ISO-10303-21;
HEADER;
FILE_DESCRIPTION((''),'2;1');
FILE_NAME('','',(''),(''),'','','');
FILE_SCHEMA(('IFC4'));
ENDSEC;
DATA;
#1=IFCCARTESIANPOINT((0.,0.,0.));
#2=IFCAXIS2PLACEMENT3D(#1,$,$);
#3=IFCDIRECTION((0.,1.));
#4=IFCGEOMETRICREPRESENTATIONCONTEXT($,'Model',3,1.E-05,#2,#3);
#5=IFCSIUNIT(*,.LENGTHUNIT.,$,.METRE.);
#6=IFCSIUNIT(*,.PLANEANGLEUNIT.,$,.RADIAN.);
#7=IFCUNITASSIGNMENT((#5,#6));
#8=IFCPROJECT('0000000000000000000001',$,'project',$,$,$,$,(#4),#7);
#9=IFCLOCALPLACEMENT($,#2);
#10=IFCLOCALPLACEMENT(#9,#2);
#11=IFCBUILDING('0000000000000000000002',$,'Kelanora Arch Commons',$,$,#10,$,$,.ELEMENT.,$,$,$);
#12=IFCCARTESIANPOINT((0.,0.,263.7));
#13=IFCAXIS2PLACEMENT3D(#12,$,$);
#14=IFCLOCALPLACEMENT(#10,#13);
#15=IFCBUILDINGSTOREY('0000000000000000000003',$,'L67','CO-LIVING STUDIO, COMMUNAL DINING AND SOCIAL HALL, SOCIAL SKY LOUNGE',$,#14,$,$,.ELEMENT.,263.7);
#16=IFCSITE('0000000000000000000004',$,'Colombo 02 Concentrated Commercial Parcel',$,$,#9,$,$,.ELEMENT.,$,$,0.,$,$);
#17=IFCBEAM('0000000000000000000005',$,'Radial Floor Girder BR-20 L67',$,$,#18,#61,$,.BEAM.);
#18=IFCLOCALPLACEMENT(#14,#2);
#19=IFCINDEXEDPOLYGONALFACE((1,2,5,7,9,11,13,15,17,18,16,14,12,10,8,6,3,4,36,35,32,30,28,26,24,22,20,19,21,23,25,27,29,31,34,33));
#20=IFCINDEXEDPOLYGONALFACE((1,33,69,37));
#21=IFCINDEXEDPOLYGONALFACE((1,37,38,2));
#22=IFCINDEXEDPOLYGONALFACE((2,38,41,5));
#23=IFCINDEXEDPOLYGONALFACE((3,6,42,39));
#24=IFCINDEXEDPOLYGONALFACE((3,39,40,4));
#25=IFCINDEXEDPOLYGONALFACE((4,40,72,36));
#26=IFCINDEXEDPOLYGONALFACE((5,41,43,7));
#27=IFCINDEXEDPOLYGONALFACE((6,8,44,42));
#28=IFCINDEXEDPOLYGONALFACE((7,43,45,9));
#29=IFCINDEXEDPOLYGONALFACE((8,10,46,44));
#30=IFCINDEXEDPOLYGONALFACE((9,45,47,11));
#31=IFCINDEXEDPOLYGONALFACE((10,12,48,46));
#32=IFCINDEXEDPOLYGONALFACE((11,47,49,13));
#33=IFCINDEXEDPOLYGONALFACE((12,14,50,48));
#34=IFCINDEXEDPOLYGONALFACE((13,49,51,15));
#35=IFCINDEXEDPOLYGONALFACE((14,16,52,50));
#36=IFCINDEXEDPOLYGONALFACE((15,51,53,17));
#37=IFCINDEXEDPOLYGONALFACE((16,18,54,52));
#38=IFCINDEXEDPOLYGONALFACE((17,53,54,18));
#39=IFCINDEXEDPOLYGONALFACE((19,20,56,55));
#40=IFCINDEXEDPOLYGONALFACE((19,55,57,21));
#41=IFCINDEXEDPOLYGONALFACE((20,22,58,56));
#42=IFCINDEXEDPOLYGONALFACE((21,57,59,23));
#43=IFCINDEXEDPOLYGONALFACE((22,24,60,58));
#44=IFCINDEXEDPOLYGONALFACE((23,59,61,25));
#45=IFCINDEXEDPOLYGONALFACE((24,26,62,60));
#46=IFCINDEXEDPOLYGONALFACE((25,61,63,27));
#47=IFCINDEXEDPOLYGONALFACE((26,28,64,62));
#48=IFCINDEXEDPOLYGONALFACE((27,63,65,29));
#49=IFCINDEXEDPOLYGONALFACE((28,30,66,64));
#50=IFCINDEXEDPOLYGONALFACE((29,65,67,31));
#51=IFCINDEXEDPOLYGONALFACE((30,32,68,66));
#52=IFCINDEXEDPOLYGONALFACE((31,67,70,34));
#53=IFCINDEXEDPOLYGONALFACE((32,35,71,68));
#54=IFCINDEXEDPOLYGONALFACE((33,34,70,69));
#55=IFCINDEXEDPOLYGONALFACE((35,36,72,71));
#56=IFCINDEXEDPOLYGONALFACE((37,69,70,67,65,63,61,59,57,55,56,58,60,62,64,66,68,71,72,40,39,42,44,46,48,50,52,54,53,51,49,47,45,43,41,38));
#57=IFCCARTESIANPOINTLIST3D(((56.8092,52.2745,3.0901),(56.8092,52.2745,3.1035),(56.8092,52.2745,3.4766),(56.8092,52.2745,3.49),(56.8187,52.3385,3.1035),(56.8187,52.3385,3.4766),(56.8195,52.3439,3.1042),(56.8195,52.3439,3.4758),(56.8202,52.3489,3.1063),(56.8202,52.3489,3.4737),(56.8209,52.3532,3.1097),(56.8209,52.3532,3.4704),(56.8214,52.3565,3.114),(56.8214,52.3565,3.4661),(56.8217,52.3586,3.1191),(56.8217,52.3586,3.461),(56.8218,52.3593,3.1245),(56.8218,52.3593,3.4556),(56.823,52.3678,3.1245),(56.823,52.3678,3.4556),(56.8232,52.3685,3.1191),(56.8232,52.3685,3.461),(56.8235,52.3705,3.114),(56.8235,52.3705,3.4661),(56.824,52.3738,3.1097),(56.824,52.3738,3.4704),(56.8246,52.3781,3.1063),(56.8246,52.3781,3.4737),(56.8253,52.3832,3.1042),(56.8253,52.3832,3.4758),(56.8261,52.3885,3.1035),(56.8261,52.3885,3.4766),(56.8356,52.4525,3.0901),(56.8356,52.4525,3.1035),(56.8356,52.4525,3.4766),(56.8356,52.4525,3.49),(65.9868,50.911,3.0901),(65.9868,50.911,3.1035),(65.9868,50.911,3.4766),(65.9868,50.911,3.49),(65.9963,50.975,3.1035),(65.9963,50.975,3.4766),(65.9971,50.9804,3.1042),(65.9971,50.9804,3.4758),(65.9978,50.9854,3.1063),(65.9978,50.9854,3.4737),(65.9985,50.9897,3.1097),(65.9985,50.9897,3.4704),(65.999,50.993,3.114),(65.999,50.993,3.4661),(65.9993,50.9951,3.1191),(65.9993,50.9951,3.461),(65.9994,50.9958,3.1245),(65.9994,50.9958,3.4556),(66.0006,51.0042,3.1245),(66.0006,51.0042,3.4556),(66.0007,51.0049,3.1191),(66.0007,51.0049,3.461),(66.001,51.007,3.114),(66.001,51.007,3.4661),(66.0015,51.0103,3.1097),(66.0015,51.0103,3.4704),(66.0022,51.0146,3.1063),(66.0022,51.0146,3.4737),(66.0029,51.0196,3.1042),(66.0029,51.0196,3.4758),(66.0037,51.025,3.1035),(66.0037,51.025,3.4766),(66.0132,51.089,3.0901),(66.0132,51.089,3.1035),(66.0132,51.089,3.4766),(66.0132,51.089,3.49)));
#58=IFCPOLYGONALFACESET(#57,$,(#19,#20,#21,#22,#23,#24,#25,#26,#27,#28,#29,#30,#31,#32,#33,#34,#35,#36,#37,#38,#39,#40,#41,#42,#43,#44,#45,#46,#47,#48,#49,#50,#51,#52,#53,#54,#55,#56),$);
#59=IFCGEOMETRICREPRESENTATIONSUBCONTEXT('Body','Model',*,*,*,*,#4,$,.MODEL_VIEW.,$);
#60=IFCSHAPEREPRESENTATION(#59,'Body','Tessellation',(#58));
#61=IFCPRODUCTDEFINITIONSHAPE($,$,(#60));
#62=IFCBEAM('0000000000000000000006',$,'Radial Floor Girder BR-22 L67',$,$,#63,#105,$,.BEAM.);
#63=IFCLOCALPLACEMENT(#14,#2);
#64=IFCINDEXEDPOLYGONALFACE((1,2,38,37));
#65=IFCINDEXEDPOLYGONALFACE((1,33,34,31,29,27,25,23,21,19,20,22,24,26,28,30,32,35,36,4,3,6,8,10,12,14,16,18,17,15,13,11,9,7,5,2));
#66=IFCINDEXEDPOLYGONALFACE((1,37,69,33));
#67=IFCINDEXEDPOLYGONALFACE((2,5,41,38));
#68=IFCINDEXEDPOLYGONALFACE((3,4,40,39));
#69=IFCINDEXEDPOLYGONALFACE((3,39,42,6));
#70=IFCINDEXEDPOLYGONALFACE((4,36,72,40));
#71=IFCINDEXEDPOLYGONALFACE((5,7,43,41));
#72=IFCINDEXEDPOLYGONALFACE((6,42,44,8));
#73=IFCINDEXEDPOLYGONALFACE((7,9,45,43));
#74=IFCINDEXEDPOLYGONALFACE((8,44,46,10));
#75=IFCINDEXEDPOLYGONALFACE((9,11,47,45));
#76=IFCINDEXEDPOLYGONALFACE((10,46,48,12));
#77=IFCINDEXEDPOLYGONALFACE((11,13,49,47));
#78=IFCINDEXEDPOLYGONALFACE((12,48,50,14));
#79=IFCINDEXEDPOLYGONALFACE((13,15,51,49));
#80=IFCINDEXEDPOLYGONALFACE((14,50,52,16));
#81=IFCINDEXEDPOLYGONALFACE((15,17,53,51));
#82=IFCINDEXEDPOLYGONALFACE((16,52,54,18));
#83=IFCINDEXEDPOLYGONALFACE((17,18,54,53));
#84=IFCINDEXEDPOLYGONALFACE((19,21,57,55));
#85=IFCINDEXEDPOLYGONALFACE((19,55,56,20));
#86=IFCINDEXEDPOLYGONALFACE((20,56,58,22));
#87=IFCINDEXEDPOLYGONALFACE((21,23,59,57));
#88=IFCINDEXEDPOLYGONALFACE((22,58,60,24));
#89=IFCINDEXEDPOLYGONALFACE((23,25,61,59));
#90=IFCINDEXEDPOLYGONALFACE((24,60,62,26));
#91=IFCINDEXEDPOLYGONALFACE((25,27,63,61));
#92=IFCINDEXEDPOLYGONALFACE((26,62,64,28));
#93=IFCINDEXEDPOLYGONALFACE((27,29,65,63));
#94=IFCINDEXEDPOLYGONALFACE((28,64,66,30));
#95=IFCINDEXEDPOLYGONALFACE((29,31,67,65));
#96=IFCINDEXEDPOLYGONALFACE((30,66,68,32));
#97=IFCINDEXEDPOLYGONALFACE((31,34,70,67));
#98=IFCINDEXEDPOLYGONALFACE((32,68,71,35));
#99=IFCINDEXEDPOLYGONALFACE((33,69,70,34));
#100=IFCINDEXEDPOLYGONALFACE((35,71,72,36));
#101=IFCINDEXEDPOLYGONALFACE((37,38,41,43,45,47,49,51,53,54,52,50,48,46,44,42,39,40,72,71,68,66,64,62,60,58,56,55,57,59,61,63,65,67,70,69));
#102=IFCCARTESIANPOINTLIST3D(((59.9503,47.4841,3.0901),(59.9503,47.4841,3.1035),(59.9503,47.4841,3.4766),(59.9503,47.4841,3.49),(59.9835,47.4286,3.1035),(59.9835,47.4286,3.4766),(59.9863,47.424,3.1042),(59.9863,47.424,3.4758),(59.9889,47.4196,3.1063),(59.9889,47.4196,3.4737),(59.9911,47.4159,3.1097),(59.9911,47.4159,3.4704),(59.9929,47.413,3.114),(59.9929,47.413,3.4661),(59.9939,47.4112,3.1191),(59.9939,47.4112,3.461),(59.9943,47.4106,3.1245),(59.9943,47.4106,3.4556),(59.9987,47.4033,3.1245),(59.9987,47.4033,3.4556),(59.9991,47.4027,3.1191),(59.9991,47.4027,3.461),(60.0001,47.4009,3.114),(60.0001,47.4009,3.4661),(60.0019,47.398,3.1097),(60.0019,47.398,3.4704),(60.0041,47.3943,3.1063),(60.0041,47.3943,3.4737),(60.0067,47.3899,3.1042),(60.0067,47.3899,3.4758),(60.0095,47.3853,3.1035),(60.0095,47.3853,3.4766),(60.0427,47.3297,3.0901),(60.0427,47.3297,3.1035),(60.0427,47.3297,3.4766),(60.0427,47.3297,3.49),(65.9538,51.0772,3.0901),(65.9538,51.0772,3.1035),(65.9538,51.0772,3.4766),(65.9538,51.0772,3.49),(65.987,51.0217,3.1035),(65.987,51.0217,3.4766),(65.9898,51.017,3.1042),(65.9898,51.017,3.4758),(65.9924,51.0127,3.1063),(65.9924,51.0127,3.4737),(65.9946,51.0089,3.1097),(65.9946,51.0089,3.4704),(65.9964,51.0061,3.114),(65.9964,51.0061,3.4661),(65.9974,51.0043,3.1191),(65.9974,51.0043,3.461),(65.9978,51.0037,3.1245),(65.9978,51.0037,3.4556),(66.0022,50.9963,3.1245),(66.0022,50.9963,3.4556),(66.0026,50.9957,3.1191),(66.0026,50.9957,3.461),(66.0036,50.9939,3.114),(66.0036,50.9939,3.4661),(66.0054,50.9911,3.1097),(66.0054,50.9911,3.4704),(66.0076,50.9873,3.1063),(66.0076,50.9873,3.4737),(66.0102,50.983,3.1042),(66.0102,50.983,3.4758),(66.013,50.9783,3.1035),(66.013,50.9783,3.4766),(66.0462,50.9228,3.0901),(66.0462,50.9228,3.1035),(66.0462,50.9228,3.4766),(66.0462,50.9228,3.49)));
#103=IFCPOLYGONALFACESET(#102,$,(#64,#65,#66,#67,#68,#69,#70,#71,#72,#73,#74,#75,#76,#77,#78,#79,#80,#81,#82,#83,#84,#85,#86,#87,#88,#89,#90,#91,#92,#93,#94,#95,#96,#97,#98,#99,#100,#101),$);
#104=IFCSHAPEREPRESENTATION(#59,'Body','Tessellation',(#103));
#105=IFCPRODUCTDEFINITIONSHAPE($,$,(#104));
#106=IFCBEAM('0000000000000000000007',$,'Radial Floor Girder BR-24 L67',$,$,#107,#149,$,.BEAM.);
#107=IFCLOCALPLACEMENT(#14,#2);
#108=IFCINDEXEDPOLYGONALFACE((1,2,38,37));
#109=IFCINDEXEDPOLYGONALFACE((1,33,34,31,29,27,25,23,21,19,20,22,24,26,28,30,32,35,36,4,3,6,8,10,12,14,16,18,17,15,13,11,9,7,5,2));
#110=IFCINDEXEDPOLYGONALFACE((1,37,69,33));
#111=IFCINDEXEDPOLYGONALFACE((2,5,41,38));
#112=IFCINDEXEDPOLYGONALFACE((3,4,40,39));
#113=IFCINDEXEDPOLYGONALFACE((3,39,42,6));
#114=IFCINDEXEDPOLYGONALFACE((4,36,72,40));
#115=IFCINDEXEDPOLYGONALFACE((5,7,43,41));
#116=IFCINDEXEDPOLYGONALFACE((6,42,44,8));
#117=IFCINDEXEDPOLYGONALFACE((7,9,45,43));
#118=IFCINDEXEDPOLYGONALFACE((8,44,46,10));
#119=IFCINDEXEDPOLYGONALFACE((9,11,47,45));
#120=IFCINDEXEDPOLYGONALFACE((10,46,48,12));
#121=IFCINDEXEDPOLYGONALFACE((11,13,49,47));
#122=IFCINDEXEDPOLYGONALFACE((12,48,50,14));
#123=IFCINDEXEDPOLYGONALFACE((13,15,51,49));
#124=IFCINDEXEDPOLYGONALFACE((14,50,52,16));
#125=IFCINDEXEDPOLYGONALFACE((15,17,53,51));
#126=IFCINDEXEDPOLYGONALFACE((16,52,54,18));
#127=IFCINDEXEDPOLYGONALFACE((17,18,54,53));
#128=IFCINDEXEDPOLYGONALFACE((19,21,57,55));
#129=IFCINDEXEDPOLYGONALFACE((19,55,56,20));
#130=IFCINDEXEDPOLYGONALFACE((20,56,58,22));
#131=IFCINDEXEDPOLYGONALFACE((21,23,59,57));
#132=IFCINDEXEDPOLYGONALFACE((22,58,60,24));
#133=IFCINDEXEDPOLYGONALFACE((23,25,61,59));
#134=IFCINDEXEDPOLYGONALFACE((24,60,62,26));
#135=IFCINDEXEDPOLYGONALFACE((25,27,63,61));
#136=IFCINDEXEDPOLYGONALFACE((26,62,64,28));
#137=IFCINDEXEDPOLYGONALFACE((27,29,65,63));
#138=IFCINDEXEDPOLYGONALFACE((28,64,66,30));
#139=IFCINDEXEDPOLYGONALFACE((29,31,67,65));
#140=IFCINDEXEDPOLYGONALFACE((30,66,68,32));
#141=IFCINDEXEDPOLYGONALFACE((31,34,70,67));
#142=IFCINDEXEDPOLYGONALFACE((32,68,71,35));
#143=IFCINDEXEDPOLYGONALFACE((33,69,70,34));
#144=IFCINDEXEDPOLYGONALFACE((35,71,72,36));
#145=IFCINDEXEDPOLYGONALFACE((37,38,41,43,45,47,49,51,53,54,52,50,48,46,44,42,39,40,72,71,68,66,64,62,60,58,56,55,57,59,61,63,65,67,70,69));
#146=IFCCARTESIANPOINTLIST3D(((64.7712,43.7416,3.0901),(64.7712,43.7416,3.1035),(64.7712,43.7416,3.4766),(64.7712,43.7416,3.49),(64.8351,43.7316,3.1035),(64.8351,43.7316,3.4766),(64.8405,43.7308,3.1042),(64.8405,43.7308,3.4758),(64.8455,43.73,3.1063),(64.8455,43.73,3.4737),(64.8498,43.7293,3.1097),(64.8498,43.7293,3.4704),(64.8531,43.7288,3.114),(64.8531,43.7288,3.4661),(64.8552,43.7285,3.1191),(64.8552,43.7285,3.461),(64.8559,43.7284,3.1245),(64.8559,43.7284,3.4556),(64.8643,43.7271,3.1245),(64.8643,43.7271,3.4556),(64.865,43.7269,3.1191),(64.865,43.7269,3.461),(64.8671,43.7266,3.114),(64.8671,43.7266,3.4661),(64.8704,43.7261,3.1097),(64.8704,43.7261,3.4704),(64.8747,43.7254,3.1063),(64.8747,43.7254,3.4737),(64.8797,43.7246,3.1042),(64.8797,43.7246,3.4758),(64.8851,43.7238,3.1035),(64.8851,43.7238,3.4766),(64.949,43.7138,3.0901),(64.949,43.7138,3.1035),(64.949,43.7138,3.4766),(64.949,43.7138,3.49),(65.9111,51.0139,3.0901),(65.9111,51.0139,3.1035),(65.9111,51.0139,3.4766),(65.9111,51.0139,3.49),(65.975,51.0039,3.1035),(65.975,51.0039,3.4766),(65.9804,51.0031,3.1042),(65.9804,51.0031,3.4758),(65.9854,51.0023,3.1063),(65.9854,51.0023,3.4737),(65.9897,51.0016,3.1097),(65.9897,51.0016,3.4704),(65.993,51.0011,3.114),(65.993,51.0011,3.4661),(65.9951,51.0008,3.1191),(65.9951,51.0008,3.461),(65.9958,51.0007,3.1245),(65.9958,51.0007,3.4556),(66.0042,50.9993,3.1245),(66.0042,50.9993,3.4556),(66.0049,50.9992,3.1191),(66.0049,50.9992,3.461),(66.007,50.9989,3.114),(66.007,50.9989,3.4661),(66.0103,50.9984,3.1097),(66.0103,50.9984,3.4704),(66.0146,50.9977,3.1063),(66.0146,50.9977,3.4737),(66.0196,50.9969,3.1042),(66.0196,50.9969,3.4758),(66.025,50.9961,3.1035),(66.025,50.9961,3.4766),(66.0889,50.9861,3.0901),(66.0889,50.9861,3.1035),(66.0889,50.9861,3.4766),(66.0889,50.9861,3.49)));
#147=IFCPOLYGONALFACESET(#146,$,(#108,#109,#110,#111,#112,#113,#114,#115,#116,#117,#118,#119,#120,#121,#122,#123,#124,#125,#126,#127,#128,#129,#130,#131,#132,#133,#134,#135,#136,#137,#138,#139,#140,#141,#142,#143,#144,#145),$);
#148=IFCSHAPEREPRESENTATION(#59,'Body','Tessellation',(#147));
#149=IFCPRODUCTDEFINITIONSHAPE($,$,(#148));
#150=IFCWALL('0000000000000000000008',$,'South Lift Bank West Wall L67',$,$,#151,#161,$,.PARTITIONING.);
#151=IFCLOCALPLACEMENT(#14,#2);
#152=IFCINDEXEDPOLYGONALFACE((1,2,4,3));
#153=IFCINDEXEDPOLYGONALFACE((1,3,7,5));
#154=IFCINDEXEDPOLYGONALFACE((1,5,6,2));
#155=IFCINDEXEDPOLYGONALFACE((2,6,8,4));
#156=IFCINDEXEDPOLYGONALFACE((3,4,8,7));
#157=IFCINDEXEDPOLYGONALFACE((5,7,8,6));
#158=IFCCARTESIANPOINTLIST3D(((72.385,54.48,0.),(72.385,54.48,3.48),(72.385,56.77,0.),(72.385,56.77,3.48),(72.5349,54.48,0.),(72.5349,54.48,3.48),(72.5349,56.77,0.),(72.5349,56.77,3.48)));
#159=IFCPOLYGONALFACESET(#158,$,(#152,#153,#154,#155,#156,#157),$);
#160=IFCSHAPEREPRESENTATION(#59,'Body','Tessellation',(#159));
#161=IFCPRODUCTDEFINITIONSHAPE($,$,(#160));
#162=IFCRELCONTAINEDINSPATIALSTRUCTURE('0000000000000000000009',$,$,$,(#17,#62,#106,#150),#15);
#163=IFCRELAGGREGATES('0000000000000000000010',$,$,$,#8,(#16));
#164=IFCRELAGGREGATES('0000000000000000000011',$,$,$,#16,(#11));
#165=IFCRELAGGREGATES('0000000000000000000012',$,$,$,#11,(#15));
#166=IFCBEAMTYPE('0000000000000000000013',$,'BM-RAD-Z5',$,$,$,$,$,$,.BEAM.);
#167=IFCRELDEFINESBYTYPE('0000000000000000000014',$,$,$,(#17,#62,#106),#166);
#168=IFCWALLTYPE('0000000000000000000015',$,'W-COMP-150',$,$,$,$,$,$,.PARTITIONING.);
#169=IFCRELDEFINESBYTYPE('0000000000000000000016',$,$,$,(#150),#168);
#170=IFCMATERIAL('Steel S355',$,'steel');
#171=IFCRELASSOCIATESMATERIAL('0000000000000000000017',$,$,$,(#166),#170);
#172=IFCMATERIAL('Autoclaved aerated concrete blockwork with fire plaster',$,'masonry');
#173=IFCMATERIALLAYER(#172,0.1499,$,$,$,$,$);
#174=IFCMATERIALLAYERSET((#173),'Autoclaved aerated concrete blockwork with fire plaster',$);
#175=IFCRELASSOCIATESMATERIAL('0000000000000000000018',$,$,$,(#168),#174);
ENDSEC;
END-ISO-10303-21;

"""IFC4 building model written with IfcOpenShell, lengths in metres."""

from ifc_helpers import new_model, si_unit, direction, frame, frame_2d, origin, origin_2d, place, context, subcontext, project, spatial, rectangle, i_section, extrude, material, layer, layer_set, material_profile, profile_set, type_object, element, save


model = new_model("IFC4")

# Units and contexts
model_context = context("Model", 3, precision=1e-05, world=origin(), true_north=direction((0.0, 1.0)))
body_context = subcontext(model_context, "Body", "Model", "MODEL_VIEW")
ifc_project = project(units=[si_unit("LENGTHUNIT", "METRE"), si_unit("PLANEANGLEUNIT", "RADIAN")], contexts=[model_context])

# Site, building, storey
site_placement = place(None, origin())
site = spatial("IfcSite", under=ifc_project, at=site_placement, Name="Colombo 02 Concentrated Commercial Parcel", CompositionType="ELEMENT", RefElevation=0.0)
building_placement = place(site_placement, origin())
building = spatial("IfcBuilding", under=site, at=building_placement, Name="Kelanora Arch Commons", CompositionType="ELEMENT")
storey_placement = place(building_placement, frame((0.0, 0.0, 263.7)))
storey = spatial("IfcBuildingStorey", under=building, at=storey_placement, Name="L67", Description="CO-LIVING STUDIO, COMMUNAL DINING AND SOCIAL HALL, SOCIAL SKY LOUNGE", CompositionType="ELEMENT", Elevation=263.7)

# Beams
ifc_material_1 = material(Name="Steel S355", Category="steel")
ifc_material_profile_1 = material_profile(ifc_material_1, i_section(OverallWidth=0.1799, OverallDepth=0.3999, WebThickness=0.0085, FlangeThickness=0.0134, FilletRadius=0.021, at=origin_2d()), Name="IPE400")
ifc_profile_set_1 = profile_set([ifc_material_profile_1], Name="Steel S355")
beam_type_1 = type_object("IfcBeamType", Name="BM-RAD-Z5", PredefinedType="BEAM", material=ifc_profile_set_1)
beam_1_placement = place(storey_placement, frame((66.0, 51.0, 3.29), z_axis=(-0.989142, 0.14696, 0.0), x_axis=(-0.14696, -0.989142, 0.0)))
element("IfcBeam", 1, at=beam_1_placement, inside=storey, type_object=beam_type_1, Name="Radial Floor Girder BR-20 L67", PredefinedType="BEAM", context=body_context, shape_type="SweptSolid", body=[
    extrude(i_section(OverallWidth=0.1799, OverallDepth=0.3999, WebThickness=0.0085, FlangeThickness=0.0134, FilletRadius=0.021, at=origin_2d()), origin(), (0.0, 0.0, 1.0), 9.2783),
])
beam_2_placement = place(storey_placement, frame((66.0, 51.0, 3.29), z_axis=(-0.858062, -0.513546, 0.0), x_axis=(0.513546, -0.858062, 0.0)))
element("IfcBeam", 2, at=beam_2_placement, inside=storey, type_object=beam_type_1, Name="Radial Floor Girder BR-22 L67", PredefinedType="BEAM", context=body_context, shape_type="SweptSolid", body=[
    extrude(i_section(OverallWidth=0.1799, OverallDepth=0.3999, WebThickness=0.0085, FlangeThickness=0.0134, FilletRadius=0.021, at=origin_2d()), origin(), (0.0, 0.0, 1.0), 6.9966),
])
beam_3_placement = place(storey_placement, frame((66.0, 51.0, 3.29), z_axis=(-0.154855, -0.987937, 0.0), x_axis=(0.987937, -0.154855, 0.0)))
element("IfcBeam", 3, at=beam_3_placement, inside=storey, type_object=beam_type_1, Name="Radial Floor Girder BR-24 L67", PredefinedType="BEAM", context=body_context, shape_type="SweptSolid", body=[
    extrude(i_section(OverallWidth=0.1799, OverallDepth=0.3999, WebThickness=0.0085, FlangeThickness=0.0134, FilletRadius=0.021, at=origin_2d()), origin(), (0.0, 0.0, 1.0), 7.3611),
])

# Wall
ifc_material_2 = material(Name="Autoclaved aerated concrete blockwork with fire plaster", Category="masonry")
ifc_layer_1 = layer(ifc_material_2, 0.1499)
ifc_layer_set_1 = layer_set([ifc_layer_1], Name="Autoclaved aerated concrete blockwork with fire plaster")
wall_type_1 = type_object("IfcWallType", Name="W-COMP-150", PredefinedType="PARTITIONING", material=ifc_layer_set_1)
wall_1_placement = place(storey_placement, frame((72.46, 54.48, 0.0), z_axis=(0.0, 0.0, 1.0), x_axis=(0.0, 1.0, 0.0)))
element("IfcWall", 4, at=wall_1_placement, inside=storey, type_object=wall_type_1, Name="South Lift Bank West Wall L67", PredefinedType="PARTITIONING", context=body_context, shape_type="SweptSolid", body=[
    extrude(rectangle(XDim=2.29, YDim=0.1499, at=frame_2d((1.145, 0.0))), origin(), (0.0, 0.0, 1.0), 3.48),
])

save(model, "model.ifc")
